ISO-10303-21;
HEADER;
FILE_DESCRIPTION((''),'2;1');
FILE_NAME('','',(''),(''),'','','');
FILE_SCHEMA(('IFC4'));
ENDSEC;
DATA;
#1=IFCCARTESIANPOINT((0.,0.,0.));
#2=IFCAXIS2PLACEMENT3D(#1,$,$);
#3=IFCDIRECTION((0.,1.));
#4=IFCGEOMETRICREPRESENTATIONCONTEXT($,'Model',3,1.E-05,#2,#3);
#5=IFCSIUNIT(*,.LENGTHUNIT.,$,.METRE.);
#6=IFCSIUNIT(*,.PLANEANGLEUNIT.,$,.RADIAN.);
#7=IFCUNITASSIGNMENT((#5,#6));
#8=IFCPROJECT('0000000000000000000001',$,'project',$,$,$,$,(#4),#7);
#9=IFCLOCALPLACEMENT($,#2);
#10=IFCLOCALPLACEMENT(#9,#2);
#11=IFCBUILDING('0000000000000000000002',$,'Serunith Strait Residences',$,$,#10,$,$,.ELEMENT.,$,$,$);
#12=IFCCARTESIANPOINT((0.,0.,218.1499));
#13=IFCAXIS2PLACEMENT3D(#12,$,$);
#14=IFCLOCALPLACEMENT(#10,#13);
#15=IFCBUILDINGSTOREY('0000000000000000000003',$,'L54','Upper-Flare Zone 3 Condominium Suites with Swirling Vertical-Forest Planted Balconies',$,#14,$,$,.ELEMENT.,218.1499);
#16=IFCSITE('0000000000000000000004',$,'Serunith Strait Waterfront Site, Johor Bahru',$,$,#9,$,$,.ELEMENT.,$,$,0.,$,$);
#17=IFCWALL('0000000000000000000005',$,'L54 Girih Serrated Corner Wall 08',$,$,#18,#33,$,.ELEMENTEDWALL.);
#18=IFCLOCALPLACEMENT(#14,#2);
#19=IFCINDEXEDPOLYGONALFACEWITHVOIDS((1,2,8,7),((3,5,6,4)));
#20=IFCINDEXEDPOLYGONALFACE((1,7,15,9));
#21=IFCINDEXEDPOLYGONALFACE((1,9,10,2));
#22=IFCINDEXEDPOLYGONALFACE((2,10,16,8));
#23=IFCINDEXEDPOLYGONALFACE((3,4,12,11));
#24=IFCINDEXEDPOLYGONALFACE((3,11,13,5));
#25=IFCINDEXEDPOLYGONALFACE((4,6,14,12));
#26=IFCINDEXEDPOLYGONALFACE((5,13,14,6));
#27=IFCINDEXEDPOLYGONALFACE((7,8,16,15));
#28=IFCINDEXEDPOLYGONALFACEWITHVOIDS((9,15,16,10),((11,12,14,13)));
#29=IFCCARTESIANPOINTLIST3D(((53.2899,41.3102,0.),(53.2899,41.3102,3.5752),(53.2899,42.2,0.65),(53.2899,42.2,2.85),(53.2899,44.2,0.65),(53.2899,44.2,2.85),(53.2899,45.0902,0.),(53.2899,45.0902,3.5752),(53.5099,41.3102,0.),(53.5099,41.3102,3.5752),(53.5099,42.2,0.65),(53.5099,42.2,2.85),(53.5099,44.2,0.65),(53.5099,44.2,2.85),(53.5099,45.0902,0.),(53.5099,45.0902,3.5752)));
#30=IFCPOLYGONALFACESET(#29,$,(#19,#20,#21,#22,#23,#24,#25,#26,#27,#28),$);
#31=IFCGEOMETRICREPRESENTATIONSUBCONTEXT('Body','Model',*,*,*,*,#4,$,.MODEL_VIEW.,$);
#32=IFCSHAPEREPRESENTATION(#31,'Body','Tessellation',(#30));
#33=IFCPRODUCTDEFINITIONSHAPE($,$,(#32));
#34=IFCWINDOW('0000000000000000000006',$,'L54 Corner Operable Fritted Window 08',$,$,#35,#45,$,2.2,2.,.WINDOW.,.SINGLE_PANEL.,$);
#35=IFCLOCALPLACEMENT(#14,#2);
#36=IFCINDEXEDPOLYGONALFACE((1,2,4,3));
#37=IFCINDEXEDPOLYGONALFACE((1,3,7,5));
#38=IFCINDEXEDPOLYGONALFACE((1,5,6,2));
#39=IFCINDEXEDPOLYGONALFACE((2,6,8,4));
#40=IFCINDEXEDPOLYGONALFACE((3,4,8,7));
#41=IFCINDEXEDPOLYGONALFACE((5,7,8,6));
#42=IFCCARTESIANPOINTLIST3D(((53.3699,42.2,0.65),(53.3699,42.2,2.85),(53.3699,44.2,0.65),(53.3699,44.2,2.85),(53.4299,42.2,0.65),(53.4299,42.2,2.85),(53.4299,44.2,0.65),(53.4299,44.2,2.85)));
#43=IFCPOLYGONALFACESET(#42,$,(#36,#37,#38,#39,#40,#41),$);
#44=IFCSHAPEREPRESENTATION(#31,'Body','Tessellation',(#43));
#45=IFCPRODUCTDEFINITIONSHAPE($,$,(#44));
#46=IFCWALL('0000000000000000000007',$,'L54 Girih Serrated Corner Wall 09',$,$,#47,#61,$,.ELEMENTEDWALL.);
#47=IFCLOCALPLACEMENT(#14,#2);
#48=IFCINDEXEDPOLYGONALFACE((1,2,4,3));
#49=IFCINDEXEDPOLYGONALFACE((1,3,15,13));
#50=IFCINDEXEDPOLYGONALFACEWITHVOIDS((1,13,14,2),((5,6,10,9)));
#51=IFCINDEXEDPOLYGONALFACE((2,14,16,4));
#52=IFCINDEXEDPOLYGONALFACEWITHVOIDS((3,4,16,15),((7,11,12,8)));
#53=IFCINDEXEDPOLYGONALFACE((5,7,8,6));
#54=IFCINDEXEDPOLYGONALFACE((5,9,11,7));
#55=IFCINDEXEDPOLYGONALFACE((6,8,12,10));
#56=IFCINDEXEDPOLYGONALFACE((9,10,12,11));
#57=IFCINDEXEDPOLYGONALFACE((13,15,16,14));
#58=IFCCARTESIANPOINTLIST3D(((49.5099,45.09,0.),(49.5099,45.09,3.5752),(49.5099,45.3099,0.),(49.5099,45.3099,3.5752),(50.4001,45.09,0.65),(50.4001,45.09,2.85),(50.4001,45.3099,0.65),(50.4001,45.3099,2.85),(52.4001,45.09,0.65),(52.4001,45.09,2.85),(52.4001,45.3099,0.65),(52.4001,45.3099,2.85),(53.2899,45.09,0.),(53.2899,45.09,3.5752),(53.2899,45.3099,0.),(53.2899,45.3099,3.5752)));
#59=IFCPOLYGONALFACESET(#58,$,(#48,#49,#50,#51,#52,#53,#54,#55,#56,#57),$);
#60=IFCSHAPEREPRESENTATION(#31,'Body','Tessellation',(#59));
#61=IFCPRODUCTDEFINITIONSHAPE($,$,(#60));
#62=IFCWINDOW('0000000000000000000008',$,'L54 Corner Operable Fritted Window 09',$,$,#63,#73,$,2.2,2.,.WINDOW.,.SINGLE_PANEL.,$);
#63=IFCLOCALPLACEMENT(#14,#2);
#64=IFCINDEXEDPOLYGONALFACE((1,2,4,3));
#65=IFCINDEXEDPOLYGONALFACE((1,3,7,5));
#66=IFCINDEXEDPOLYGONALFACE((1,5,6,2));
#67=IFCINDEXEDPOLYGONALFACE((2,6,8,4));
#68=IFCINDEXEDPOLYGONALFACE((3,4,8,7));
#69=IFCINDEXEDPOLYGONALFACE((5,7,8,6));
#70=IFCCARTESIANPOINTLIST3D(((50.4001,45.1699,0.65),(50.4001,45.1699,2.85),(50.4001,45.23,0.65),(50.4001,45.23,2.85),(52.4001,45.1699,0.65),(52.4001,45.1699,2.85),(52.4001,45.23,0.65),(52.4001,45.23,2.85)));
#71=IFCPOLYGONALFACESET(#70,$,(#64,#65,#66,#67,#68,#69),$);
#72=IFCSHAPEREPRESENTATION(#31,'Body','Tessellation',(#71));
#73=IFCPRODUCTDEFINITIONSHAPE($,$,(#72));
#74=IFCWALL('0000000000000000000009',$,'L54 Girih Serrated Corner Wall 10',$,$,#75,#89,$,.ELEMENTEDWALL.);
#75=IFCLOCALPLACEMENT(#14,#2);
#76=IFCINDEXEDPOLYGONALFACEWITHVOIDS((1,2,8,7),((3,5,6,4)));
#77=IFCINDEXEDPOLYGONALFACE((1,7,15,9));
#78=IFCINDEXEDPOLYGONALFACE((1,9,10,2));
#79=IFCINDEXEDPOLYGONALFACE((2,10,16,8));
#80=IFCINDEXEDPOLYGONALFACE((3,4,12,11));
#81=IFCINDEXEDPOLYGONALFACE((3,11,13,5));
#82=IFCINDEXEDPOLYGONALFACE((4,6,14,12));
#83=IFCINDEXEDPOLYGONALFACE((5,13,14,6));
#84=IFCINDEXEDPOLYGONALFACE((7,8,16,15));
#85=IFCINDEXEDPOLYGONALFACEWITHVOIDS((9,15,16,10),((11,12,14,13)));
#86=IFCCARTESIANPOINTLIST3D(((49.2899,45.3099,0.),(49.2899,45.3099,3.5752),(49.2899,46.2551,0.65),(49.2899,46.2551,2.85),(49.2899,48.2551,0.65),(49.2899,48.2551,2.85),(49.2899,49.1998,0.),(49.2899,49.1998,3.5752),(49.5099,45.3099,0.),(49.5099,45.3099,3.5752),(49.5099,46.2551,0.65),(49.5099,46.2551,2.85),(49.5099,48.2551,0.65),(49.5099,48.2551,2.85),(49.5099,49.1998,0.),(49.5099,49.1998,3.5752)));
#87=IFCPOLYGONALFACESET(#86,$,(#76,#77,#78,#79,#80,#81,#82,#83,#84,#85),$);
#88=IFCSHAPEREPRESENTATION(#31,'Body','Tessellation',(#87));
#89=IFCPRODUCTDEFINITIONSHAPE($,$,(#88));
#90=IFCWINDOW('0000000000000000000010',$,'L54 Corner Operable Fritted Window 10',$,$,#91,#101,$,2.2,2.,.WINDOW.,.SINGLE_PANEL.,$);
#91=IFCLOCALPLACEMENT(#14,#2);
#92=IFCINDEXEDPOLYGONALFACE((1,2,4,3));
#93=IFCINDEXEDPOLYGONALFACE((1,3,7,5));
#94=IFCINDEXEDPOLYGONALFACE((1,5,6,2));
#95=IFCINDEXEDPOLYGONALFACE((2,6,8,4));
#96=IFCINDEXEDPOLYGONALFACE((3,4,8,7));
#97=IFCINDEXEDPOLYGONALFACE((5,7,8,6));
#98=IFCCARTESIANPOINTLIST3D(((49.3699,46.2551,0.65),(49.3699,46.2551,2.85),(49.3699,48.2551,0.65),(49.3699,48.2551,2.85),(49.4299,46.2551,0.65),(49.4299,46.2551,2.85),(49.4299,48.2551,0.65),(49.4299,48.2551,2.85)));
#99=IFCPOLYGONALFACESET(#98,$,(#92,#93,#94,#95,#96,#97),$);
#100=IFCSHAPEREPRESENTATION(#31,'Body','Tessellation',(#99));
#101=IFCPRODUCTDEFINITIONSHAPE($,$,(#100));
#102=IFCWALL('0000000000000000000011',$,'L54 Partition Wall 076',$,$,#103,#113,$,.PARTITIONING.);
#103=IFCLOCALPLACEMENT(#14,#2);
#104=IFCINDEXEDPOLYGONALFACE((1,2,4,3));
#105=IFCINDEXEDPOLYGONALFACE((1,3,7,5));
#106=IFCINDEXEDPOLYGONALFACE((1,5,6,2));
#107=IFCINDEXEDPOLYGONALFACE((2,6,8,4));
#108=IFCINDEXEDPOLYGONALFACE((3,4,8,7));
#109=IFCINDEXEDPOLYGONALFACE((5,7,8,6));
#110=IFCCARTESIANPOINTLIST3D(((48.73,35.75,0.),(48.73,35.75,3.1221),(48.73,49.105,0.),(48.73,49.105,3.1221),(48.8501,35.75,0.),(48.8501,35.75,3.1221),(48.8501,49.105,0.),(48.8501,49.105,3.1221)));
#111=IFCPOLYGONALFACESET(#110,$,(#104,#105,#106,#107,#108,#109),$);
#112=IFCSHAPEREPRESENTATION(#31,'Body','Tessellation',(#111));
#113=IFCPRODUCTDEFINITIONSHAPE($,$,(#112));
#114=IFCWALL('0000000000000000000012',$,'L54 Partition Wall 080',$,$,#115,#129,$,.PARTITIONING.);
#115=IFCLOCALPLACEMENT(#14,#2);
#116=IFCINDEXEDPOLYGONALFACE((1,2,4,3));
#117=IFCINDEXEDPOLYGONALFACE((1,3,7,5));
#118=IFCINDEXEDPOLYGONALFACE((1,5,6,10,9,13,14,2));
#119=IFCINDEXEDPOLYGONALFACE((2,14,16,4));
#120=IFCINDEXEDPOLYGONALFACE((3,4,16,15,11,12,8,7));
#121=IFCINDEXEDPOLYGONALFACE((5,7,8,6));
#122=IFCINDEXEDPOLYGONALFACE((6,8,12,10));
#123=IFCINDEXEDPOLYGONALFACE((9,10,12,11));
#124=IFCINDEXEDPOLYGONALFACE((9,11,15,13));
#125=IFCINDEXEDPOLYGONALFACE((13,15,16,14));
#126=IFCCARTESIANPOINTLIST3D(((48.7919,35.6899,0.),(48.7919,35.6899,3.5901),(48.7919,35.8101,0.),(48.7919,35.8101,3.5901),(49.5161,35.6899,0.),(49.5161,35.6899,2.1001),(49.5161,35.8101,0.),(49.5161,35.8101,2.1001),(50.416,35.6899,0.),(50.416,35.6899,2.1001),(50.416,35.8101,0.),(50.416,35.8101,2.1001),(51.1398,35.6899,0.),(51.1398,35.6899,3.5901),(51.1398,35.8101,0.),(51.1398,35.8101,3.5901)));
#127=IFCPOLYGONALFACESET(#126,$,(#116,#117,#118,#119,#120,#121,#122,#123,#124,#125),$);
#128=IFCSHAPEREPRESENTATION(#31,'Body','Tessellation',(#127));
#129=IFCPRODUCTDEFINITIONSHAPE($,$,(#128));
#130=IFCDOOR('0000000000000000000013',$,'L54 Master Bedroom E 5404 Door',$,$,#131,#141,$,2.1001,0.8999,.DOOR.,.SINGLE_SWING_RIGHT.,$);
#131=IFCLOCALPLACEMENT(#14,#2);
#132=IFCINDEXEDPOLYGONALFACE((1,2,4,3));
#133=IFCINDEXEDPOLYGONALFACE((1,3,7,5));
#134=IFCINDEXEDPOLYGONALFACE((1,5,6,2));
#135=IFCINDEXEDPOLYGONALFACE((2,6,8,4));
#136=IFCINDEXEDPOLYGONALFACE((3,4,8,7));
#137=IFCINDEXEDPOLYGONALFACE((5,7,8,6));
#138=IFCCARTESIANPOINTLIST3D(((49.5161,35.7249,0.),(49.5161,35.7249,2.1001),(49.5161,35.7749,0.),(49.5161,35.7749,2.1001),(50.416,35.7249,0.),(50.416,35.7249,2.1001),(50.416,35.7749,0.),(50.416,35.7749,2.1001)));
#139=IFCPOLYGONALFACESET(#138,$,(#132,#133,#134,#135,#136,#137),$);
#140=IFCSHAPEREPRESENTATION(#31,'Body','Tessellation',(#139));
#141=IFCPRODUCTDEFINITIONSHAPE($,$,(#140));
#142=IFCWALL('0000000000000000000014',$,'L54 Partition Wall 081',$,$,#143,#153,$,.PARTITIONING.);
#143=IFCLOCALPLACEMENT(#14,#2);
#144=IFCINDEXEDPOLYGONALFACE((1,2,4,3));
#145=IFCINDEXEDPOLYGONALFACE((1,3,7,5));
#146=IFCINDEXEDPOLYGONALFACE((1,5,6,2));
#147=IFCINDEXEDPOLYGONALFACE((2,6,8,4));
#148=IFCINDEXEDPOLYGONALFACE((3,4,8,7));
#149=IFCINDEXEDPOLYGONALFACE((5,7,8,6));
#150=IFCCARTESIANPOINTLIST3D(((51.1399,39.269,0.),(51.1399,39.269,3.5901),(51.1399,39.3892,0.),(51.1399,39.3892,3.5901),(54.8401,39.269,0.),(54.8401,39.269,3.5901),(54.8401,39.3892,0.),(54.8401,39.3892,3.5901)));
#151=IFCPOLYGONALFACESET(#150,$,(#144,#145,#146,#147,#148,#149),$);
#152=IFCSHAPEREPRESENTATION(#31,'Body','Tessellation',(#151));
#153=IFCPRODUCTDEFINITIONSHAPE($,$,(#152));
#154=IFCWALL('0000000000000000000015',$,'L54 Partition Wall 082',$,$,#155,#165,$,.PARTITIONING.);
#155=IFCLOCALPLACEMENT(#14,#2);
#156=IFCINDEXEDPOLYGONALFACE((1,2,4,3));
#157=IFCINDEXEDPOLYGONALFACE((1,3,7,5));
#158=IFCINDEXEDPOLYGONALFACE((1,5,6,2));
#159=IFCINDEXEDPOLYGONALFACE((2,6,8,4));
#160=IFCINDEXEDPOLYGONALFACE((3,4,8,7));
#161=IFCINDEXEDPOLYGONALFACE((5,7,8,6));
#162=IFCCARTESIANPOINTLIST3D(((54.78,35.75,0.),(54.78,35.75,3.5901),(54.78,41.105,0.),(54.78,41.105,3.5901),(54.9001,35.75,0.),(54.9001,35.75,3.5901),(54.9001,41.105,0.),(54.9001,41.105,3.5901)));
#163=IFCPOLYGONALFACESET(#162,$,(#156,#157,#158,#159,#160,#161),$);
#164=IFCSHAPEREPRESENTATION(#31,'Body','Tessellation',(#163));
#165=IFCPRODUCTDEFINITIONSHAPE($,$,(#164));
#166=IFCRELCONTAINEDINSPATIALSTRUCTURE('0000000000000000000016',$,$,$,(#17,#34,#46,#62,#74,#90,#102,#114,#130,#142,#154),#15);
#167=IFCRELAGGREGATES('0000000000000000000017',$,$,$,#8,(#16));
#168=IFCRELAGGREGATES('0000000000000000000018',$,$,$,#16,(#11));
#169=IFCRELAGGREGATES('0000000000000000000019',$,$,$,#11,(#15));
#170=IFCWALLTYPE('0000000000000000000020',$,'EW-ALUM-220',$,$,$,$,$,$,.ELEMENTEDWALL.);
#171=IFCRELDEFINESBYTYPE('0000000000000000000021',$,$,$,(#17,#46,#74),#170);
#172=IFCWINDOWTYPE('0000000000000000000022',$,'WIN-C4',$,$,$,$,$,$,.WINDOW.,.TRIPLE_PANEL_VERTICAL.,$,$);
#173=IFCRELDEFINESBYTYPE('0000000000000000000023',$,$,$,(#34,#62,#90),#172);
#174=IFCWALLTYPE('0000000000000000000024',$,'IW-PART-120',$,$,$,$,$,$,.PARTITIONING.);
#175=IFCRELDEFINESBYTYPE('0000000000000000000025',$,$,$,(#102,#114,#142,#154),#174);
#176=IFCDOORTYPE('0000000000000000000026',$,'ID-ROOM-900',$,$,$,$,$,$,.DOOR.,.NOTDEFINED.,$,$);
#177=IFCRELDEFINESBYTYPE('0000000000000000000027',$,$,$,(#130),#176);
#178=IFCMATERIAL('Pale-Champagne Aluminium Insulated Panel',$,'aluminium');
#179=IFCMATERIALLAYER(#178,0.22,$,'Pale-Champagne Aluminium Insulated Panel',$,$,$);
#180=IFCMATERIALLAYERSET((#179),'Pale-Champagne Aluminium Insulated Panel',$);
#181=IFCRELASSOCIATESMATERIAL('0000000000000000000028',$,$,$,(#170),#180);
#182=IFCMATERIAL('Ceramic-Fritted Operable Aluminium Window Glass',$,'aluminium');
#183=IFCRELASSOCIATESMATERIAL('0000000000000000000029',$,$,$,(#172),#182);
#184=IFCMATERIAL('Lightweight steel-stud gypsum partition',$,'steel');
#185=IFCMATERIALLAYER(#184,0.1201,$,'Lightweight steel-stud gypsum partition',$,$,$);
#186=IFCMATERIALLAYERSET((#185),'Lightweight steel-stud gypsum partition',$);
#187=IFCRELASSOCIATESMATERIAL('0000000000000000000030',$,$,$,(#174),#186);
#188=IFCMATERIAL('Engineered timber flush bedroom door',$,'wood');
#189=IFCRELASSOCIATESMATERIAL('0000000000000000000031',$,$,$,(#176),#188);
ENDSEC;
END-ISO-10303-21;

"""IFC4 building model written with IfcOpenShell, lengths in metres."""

from ifc_helpers import new_model, si_unit, direction, frame, frame_2d, origin, place, context, subcontext, project, spatial, rectangle, extrude, source, transform, mapped, material, layer, layer_set, type_object, element, fill, save


model = new_model("IFC4")

# Units and contexts
model_context = context("Model", 3, precision=1e-05, world=origin(), true_north=direction((0.0, 1.0)))
body_context = subcontext(model_context, "Body", "Model", "MODEL_VIEW")
ifc_project = project(units=[si_unit("LENGTHUNIT", "METRE"), si_unit("PLANEANGLEUNIT", "RADIAN")], contexts=[model_context])

# Site, building, storey
site_placement = place(None, origin())
site = spatial("IfcSite", under=ifc_project, at=site_placement, Name="Serunith Strait Waterfront Site, Johor Bahru", CompositionType="ELEMENT", RefElevation=0.0)
building_placement = place(site_placement, origin())
building = spatial("IfcBuilding", under=site, at=building_placement, Name="Serunith Strait Residences", CompositionType="ELEMENT")
storey_placement = place(building_placement, frame((0.0, 0.0, 218.1499)))
storey = spatial("IfcBuildingStorey", under=building, at=storey_placement, Name="L54", Description="Upper-Flare Zone 3 Condominium Suites with Swirling Vertical-Forest Planted Balconies", CompositionType="ELEMENT", Elevation=218.1499)

# Shared definitions
ifc_material_1 = material(Name="Pale-Champagne Aluminium Insulated Panel", Category="aluminium")
ifc_layer_1 = layer(ifc_material_1, 0.22, Name="Pale-Champagne Aluminium Insulated Panel")
ifc_layer_set_1 = layer_set([ifc_layer_1], Name="Pale-Champagne Aluminium Insulated Panel")
wall_type_1 = type_object("IfcWallType", Name="EW-ALUM-220", PredefinedType="ELEMENTEDWALL", material=ifc_layer_set_1)

# Walls, openings, windows
wall_1_placement = place(storey_placement, frame((53.3999, 41.3101, 0.0), z_axis=(0.0, 0.0, 1.0), x_axis=(0.0, 1.0, 0.0)))
wall_1 = element("IfcWall", 1, at=wall_1_placement, inside=storey, type_object=wall_type_1, Name="L54 Girih Serrated Corner Wall 08", PredefinedType="ELEMENTEDWALL", context=body_context, shape_type="SweptSolid", body=[
    extrude(rectangle(XDim=3.78, YDim=0.22, at=frame_2d((1.8901, 0.0))), origin(), (0.0, 0.0, 1.0), 3.5752),
])
opening_1_placement = place(wall_1_placement, frame((0.8899, 0.0, 0.6499)))
opening_1 = element("IfcOpeningElement", 2, at=opening_1_placement, cuts=wall_1, PredefinedType="OPENING", context=body_context, shape_type="SweptSolid", body=[
    extrude(rectangle(XDim=2.0, YDim=2.2, at=frame_2d((1.0, 1.1001))), frame((0.0, 0.1201, 0.0), z_axis=(0.0, -1.0, 0.0), x_axis=(1.0, 0.0, 0.0)), (0.0, 0.0, 1.0), 0.24),
])
ifc_material_2 = material(Name="Ceramic-Fritted Operable Aluminium Window Glass", Category="aluminium")
window_type = type_object("IfcWindowType", Name="WIN-C4", PartitioningType="TRIPLE_PANEL_VERTICAL", PredefinedType="WINDOW", material=ifc_material_2)
shared_shape_1 = source(origin(), body_context, "Body", "SweptSolid", [
    extrude(rectangle(XDim=2.0, YDim=2.2, at=frame_2d((1.0, 1.1001))), frame((0.0, 0.03, 0.0), z_axis=(0.0, -1.0, 0.0), x_axis=(1.0, 0.0, 0.0)), (0.0, 0.0, 1.0), 0.0601),
])
window_1_placement = place(opening_1_placement, origin())
window_1 = element("IfcWindow", 3, at=window_1_placement, inside=storey, type_object=window_type, Name="L54 Corner Operable Fritted Window 08", OverallHeight=2.2, OverallWidth=2.0, PartitioningType="SINGLE_PANEL", PredefinedType="WINDOW", context=body_context, shape_type="MappedRepresentation", body=[
    mapped(shared_shape_1, transform((0.0, 0.0, 0.0), scale=1.0)),
])
fill(opening_1, window_1)
wall_2_placement = place(storey_placement, frame((53.29, 45.2, 0.0), z_axis=(0.0, 0.0, 1.0), x_axis=(-1.0, 0.0, 0.0)))
wall_2 = element("IfcWall", 4, at=wall_2_placement, inside=storey, type_object=wall_type_1, Name="L54 Girih Serrated Corner Wall 09", PredefinedType="ELEMENTEDWALL", context=body_context, shape_type="SweptSolid", body=[
    extrude(rectangle(XDim=3.78, YDim=0.22, at=frame_2d((1.8901, 0.0))), origin(), (0.0, 0.0, 1.0), 3.5752),
])
opening_2_placement = place(wall_2_placement, frame((0.8899, 0.0, 0.6499)))
opening_2 = element("IfcOpeningElement", 5, at=opening_2_placement, cuts=wall_2, PredefinedType="OPENING", context=body_context, shape_type="SweptSolid", body=[
    extrude(rectangle(XDim=2.0, YDim=2.2, at=frame_2d((1.0, 1.1001))), frame((0.0, 0.1201, 0.0), z_axis=(0.0, -1.0, 0.0), x_axis=(1.0, 0.0, 0.0)), (0.0, 0.0, 1.0), 0.24),
])
window_2_placement = place(opening_2_placement, origin())
window_2 = element("IfcWindow", 6, at=window_2_placement, inside=storey, type_object=window_type, Name="L54 Corner Operable Fritted Window 09", OverallHeight=2.2, OverallWidth=2.0, PartitioningType="SINGLE_PANEL", PredefinedType="WINDOW", context=body_context, shape_type="MappedRepresentation", body=[
    mapped(shared_shape_1, transform((0.0, 0.0, 0.0), scale=1.0)),
])
fill(opening_2, window_2)
wall_3_placement = place(storey_placement, frame((49.3999, 45.3101, 0.0), z_axis=(0.0, 0.0, 1.0), x_axis=(0.0, 1.0, 0.0)))
wall_3 = element("IfcWall", 7, at=wall_3_placement, inside=storey, type_object=wall_type_1, Name="L54 Girih Serrated Corner Wall 10", PredefinedType="ELEMENTEDWALL", context=body_context, shape_type="SweptSolid", body=[
    extrude(rectangle(XDim=3.8899, YDim=0.22, at=frame_2d((1.9448, 0.0))), origin(), (0.0, 0.0, 1.0), 3.5752),
])
opening_3_placement = place(wall_3_placement, frame((0.9451, 0.0, 0.6499)))
opening_3 = element("IfcOpeningElement", 8, at=opening_3_placement, cuts=wall_3, PredefinedType="OPENING", context=body_context, shape_type="SweptSolid", body=[
    extrude(rectangle(XDim=2.0, YDim=2.2, at=frame_2d((1.0, 1.1001))), frame((0.0, 0.1201, 0.0), z_axis=(0.0, -1.0, 0.0), x_axis=(1.0, 0.0, 0.0)), (0.0, 0.0, 1.0), 0.24),
])
window_3_placement = place(opening_3_placement, origin())
window_3 = element("IfcWindow", 9, at=window_3_placement, inside=storey, type_object=window_type, Name="L54 Corner Operable Fritted Window 10", OverallHeight=2.2, OverallWidth=2.0, PartitioningType="SINGLE_PANEL", PredefinedType="WINDOW", context=body_context, shape_type="MappedRepresentation", body=[
    mapped(shared_shape_1, transform((0.0, 0.0, 0.0), scale=1.0)),
])
fill(opening_3, window_3)

# Wall
ifc_material_3 = material(Name="Lightweight steel-stud gypsum partition", Category="steel")
ifc_layer_2 = layer(ifc_material_3, 0.1201, Name="Lightweight steel-stud gypsum partition")
ifc_layer_set_2 = layer_set([ifc_layer_2], Name="Lightweight steel-stud gypsum partition")
wall_type_2 = type_object("IfcWallType", Name="IW-PART-120", PredefinedType="PARTITIONING", material=ifc_layer_set_2)
wall_4_placement = place(storey_placement, frame((48.79, 49.105, 0.0), z_axis=(0.0, 0.0, 1.0), x_axis=(0.0, -1.0, 0.0)))
element("IfcWall", 10, at=wall_4_placement, inside=storey, type_object=wall_type_2, Name="L54 Partition Wall 076", PredefinedType="PARTITIONING", context=body_context, shape_type="SweptSolid", body=[
    extrude(rectangle(XDim=13.355, YDim=0.1201, at=frame_2d((6.6775, 0.0))), origin(), (0.0, 0.0, 1.0), 3.1221),
])

# Wall, opening, door
wall_5_placement = place(storey_placement, frame((48.792, 35.75, 0.0), z_axis=(0.0, 0.0, 1.0), x_axis=(1.0, 0.0, 0.0)))
wall_5 = element("IfcWall", 11, at=wall_5_placement, inside=storey, type_object=wall_type_2, Name="L54 Partition Wall 080", PredefinedType="PARTITIONING", context=body_context, shape_type="SweptSolid", body=[
    extrude(rectangle(XDim=2.3479, YDim=0.1201, at=frame_2d((1.1738, 0.0))), origin(), (0.0, 0.0, 1.0), 3.5901),
])
opening_4_placement = place(wall_5_placement, frame((0.7241, 0.0, 0.0)))
opening_4 = element("IfcOpeningElement", 12, at=opening_4_placement, cuts=wall_5, PredefinedType="OPENING", context=body_context, shape_type="SweptSolid", body=[
    extrude(rectangle(XDim=0.8999, YDim=2.1001, at=frame_2d((0.45, 1.05))), frame((0.0, 0.0701, 0.0), z_axis=(0.0, -1.0, 0.0), x_axis=(1.0, 0.0, 0.0)), (0.0, 0.0, 1.0), 0.1401),
])
ifc_material_4 = material(Name="Engineered timber flush bedroom door", Category="wood")
door_type_1 = type_object("IfcDoorType", Name="ID-ROOM-900", OperationType="NOTDEFINED", PredefinedType="DOOR", material=ifc_material_4)
shared_shape_2 = source(origin(), body_context, "Body", "SweptSolid", [
    extrude(rectangle(XDim=0.8999, YDim=2.1001, at=frame_2d((0.45, 1.05))), frame((0.0, 0.0249, 0.0), z_axis=(0.0, -1.0, 0.0), x_axis=(1.0, 0.0, 0.0)), (0.0, 0.0, 1.0), 0.05),
])
door_1_placement = place(opening_4_placement, origin())
door_1 = element("IfcDoor", 13, at=door_1_placement, inside=storey, type_object=door_type_1, Name="L54 Master Bedroom E 5404 Door", OperationType="SINGLE_SWING_RIGHT", OverallHeight=2.1001, OverallWidth=0.8999, PredefinedType="DOOR", context=body_context, shape_type="MappedRepresentation", body=[
    mapped(shared_shape_2, transform((0.0, 0.0, 0.0), scale=1.0)),
])
fill(opening_4, door_1)

# Walls
wall_6_placement = place(storey_placement, frame((51.1399, 39.3291, 0.0), z_axis=(0.0, 0.0, 1.0), x_axis=(1.0, 0.0, 0.0)))
element("IfcWall", 14, at=wall_6_placement, inside=storey, type_object=wall_type_2, Name="L54 Partition Wall 081", PredefinedType="PARTITIONING", context=body_context, shape_type="SweptSolid", body=[
    extrude(rectangle(XDim=3.7002, YDim=0.1201, at=frame_2d((1.8501, 0.0))), origin(), (0.0, 0.0, 1.0), 3.5901),
])
wall_7_placement = place(storey_placement, frame((54.8401, 41.105, 0.0), z_axis=(0.0, 0.0, 1.0), x_axis=(0.0, -1.0, 0.0)))
element("IfcWall", 15, at=wall_7_placement, inside=storey, type_object=wall_type_2, Name="L54 Partition Wall 082", PredefinedType="PARTITIONING", context=body_context, shape_type="SweptSolid", body=[
    extrude(rectangle(XDim=5.355, YDim=0.1201, at=frame_2d((2.6775, 0.0))), origin(), (0.0, 0.0, 1.0), 3.5901),
])

save(model, "model.ifc")
